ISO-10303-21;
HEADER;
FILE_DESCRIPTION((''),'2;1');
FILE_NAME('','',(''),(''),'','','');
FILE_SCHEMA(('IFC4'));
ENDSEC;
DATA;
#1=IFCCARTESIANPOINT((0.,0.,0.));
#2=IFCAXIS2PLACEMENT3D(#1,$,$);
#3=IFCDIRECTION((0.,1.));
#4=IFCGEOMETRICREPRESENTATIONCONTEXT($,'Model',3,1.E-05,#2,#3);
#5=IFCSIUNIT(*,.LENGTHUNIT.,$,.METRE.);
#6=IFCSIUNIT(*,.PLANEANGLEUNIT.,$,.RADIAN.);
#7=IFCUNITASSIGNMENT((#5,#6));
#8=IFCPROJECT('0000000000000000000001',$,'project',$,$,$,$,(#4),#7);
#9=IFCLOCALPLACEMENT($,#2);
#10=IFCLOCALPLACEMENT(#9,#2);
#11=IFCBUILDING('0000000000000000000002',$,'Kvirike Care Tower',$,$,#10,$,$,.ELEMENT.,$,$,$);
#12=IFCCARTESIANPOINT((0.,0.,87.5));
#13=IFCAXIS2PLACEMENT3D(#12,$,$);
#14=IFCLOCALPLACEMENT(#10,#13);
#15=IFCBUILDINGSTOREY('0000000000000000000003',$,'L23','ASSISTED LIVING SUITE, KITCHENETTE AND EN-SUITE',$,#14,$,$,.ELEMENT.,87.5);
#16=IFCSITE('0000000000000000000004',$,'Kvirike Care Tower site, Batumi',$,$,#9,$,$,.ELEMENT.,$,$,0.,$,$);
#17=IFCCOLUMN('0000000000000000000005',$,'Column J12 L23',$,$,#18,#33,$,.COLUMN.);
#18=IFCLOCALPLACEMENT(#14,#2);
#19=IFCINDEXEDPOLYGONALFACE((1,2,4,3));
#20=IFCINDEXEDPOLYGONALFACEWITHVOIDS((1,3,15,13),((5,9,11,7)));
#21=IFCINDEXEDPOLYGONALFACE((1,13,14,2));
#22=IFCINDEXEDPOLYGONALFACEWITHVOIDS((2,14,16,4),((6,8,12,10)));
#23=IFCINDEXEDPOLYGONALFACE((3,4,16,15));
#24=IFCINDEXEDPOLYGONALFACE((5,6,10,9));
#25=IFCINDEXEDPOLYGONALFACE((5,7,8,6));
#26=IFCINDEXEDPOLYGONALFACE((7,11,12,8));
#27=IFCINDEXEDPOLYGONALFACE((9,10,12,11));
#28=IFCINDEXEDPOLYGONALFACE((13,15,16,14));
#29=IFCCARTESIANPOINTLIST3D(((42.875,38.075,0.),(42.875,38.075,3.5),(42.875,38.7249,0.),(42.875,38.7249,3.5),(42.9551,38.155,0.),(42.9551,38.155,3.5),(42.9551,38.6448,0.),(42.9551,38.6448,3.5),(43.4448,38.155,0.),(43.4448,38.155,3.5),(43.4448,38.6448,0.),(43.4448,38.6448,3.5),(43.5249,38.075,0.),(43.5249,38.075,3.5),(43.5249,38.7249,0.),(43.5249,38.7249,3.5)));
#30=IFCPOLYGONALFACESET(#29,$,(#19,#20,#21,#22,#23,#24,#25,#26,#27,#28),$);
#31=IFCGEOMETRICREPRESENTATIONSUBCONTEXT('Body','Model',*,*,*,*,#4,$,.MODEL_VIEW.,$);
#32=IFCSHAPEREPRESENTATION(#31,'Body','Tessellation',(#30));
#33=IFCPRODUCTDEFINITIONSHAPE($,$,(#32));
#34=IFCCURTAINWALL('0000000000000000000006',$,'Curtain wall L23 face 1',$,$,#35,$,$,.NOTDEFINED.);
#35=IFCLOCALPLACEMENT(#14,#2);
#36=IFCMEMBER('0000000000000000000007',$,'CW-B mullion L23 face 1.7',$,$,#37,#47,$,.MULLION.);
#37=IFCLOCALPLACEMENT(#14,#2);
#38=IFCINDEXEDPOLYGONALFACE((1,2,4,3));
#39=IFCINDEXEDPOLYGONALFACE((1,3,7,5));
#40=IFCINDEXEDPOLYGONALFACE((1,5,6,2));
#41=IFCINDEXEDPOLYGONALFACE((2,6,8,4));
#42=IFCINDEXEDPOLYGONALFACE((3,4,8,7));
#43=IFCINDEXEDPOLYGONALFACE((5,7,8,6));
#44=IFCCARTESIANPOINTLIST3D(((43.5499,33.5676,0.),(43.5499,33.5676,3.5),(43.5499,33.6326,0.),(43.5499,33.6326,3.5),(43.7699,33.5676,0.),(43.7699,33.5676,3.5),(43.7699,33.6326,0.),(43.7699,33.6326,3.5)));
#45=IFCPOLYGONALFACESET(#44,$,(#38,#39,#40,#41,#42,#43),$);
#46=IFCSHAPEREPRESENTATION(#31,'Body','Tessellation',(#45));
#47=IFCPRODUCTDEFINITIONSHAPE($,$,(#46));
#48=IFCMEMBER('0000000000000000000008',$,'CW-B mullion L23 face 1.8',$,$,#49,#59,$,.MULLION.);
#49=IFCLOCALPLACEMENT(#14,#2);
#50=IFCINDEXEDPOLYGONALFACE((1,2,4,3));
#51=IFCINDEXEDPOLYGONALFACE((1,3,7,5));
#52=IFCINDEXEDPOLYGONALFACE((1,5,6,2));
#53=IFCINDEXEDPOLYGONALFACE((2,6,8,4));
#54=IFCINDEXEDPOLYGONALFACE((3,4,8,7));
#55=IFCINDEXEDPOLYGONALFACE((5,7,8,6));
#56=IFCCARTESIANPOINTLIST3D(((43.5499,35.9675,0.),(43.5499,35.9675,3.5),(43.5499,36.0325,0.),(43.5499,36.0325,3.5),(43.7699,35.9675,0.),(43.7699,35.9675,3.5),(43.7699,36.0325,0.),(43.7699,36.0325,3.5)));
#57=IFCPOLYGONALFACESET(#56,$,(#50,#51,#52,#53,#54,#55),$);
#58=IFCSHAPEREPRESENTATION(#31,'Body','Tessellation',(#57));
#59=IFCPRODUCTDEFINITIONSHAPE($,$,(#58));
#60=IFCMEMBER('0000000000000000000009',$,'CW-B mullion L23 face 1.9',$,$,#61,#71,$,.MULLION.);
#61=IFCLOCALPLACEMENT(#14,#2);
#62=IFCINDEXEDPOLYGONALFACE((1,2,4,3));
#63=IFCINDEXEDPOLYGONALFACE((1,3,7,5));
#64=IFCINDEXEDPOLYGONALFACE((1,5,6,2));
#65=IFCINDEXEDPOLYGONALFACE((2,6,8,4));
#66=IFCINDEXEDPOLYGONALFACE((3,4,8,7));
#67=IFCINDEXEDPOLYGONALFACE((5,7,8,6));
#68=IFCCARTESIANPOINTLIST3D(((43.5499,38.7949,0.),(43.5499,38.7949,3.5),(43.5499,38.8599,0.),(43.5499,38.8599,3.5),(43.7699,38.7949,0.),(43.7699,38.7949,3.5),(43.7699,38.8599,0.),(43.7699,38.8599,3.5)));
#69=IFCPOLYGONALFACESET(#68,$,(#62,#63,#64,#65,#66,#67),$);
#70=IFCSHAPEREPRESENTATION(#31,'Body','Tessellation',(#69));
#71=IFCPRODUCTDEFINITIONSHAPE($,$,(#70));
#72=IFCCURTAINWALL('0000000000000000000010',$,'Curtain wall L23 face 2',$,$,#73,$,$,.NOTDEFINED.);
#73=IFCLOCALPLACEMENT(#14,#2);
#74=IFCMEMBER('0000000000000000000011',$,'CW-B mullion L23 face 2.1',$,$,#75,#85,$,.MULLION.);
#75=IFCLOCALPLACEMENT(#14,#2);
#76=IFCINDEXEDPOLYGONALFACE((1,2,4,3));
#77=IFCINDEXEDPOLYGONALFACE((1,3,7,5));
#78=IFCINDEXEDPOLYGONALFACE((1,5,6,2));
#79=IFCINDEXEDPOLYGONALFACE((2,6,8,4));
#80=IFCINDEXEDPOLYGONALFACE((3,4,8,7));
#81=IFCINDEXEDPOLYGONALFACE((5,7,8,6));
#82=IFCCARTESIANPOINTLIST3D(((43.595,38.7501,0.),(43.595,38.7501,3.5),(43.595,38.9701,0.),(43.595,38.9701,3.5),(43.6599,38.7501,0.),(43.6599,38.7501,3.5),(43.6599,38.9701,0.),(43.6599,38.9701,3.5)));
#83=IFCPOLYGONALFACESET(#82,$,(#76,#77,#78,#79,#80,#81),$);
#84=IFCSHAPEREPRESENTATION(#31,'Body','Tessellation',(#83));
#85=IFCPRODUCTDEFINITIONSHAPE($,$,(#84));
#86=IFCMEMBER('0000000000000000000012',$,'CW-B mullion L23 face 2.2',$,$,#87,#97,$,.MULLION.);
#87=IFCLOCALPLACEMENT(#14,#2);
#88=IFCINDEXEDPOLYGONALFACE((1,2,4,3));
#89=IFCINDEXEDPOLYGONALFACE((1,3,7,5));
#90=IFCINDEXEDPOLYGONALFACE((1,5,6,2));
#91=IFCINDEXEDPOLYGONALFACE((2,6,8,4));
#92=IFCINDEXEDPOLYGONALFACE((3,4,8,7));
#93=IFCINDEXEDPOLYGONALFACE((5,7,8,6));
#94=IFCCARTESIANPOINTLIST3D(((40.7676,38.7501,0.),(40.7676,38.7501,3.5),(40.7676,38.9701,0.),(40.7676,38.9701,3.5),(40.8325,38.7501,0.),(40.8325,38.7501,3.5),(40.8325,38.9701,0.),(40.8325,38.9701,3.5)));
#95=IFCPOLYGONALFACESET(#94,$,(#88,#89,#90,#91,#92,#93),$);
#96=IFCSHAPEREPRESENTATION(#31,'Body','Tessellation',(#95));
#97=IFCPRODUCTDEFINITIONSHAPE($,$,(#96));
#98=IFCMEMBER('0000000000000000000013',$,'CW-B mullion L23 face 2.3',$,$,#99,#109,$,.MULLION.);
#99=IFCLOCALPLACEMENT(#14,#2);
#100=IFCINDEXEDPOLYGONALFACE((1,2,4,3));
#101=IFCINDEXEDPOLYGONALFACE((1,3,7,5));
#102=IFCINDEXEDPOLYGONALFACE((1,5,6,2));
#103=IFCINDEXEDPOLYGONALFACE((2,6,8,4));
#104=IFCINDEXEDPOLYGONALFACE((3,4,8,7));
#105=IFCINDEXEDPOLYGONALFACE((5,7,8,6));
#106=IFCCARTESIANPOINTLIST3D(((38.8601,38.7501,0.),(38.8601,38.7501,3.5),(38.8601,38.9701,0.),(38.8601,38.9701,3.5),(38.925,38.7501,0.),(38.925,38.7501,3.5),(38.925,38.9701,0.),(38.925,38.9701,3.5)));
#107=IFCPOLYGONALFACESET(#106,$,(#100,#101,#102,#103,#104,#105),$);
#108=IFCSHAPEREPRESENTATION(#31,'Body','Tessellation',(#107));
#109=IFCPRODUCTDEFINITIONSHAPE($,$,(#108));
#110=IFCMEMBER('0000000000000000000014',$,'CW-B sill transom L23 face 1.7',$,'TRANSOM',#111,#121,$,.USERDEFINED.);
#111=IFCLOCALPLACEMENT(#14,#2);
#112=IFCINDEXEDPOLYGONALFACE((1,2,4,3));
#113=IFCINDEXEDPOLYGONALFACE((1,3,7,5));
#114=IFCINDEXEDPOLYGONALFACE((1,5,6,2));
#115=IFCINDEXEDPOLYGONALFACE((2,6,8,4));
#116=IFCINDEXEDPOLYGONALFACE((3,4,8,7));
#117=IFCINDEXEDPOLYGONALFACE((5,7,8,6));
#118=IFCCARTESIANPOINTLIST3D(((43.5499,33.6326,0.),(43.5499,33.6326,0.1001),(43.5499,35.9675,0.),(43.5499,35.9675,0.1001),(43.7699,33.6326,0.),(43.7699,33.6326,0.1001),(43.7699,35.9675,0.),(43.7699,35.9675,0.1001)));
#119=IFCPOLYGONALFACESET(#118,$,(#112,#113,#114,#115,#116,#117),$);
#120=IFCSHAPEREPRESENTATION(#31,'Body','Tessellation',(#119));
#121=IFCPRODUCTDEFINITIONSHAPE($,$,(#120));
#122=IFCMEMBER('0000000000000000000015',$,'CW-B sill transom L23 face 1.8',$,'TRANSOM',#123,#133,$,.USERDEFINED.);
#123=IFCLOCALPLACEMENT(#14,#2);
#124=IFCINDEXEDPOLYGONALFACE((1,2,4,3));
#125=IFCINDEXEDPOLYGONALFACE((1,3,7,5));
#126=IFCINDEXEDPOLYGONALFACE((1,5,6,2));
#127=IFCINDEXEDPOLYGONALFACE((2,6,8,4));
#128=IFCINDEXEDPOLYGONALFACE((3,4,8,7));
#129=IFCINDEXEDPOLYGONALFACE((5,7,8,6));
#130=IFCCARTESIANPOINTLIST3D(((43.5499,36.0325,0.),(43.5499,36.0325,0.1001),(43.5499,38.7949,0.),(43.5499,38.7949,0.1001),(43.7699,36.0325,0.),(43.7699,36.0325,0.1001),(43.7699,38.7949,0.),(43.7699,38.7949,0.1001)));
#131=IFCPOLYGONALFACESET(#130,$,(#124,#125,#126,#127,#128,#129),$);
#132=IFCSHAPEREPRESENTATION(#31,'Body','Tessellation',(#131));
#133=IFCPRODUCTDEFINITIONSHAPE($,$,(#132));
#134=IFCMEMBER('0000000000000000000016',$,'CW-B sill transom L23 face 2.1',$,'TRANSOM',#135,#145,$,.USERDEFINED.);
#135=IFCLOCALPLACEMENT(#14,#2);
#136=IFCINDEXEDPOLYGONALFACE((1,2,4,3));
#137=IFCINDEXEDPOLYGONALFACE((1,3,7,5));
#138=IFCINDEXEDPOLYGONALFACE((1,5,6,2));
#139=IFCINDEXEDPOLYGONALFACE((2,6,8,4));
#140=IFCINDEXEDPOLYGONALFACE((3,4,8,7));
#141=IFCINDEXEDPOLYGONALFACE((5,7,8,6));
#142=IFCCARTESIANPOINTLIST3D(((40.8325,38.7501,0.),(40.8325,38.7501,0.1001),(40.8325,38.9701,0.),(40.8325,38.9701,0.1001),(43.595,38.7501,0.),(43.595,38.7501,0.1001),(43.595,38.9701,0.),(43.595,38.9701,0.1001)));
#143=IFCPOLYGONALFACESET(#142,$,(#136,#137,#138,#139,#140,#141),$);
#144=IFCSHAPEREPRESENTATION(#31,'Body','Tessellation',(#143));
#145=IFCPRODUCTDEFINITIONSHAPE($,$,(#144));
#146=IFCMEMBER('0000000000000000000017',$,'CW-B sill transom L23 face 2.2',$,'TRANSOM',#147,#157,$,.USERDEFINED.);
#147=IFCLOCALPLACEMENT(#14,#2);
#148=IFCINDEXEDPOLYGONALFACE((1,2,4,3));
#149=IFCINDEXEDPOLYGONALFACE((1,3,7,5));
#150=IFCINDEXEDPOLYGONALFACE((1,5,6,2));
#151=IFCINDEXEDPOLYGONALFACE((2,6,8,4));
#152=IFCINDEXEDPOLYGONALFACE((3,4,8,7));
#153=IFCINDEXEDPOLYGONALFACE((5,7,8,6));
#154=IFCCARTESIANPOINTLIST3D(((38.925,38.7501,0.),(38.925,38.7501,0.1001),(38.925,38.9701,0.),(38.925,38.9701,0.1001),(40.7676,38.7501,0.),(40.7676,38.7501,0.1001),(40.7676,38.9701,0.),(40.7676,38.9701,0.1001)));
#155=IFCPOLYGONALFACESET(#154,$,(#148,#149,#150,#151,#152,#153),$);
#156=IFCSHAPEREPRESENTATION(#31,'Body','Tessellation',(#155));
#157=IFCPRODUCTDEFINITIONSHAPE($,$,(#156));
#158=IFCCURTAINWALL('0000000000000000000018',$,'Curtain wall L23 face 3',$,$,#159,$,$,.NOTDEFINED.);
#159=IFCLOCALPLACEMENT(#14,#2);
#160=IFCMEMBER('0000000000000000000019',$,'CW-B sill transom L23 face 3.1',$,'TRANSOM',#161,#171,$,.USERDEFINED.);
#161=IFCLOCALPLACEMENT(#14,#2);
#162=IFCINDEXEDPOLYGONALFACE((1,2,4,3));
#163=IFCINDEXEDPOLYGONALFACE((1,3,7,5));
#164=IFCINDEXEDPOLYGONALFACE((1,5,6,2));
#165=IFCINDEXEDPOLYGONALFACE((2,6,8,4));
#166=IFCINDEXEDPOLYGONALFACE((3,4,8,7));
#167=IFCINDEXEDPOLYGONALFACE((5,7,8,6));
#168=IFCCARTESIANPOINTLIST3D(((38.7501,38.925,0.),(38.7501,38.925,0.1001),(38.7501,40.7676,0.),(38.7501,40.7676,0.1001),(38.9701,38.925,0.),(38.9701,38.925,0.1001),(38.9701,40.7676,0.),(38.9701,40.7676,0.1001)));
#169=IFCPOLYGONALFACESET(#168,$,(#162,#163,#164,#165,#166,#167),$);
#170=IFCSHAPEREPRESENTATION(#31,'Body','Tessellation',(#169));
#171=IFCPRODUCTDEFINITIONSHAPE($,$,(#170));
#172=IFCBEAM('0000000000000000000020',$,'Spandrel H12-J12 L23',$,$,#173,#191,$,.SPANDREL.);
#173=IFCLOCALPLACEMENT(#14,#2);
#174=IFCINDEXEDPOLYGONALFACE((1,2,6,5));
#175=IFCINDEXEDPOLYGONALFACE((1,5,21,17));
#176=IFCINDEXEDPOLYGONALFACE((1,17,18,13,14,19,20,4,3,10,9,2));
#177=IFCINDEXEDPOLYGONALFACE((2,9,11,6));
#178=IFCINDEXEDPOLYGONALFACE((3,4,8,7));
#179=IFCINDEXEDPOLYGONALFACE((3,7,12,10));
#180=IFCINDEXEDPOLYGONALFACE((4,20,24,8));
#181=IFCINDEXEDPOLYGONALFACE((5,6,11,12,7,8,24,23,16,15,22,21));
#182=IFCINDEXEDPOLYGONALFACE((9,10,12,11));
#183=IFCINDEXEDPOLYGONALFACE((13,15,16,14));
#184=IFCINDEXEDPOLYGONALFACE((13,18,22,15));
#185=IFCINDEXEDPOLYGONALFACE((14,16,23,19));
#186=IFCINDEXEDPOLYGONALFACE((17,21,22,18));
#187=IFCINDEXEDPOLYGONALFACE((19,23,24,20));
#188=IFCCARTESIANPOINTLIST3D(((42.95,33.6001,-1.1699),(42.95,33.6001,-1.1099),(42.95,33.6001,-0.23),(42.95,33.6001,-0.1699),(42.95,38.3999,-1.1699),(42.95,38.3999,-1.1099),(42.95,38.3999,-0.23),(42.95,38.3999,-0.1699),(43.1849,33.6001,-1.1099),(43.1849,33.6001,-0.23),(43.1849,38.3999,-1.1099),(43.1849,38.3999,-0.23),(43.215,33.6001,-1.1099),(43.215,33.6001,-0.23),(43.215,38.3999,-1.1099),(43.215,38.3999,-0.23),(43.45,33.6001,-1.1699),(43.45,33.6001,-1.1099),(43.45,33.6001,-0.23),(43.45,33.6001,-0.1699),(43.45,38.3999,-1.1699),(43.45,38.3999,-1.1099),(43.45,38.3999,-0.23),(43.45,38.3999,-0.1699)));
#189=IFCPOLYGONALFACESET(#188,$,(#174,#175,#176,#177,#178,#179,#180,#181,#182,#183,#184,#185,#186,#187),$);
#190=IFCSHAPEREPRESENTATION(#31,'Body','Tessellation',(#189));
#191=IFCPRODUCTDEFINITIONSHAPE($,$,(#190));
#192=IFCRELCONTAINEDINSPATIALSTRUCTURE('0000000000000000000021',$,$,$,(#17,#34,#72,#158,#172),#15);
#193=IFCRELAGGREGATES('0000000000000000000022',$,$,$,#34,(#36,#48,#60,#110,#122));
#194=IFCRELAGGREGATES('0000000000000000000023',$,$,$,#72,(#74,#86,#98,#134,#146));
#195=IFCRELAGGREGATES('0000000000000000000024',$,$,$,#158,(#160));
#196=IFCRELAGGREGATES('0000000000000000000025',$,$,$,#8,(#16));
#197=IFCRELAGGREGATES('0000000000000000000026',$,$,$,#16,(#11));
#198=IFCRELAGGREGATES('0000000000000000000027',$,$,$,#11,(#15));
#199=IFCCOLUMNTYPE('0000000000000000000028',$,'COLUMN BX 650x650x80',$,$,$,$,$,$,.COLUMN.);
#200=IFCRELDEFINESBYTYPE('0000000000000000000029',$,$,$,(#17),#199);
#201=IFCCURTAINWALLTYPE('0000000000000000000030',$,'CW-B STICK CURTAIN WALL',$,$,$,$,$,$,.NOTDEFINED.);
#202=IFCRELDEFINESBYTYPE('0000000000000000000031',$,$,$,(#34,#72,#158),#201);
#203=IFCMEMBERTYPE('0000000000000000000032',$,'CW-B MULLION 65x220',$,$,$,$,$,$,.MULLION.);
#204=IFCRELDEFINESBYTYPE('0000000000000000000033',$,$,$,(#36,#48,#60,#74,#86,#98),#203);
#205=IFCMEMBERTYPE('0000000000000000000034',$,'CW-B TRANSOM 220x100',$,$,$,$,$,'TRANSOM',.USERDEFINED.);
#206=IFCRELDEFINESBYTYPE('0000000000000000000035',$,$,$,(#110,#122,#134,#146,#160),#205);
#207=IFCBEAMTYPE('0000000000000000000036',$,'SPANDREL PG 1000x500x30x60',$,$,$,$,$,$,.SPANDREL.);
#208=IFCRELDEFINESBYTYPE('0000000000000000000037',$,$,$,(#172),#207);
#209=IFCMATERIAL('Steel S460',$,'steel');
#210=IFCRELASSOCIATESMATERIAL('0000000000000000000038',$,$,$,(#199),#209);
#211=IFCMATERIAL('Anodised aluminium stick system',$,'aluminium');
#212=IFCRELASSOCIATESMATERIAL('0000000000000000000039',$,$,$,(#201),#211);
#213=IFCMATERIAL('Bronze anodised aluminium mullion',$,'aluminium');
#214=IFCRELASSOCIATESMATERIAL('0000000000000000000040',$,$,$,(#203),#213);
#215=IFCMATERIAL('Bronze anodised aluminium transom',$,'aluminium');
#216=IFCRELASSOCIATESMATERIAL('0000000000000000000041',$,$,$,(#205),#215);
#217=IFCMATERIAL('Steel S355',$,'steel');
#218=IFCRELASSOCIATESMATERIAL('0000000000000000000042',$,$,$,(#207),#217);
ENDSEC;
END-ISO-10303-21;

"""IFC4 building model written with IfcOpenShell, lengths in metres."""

from ifc_helpers import new_model, si_unit, direction, frame, origin, origin_2d, place, context, subcontext, project, spatial, rectangle, hollow_rectangle, i_section, extrude, material, material_profile, profile_set, type_object, element, aggregate, save


model = new_model("IFC4")

# Units and contexts
model_context = context("Model", 3, precision=1e-05, world=origin(), true_north=direction((0.0, 1.0)))
body_context = subcontext(model_context, "Body", "Model", "MODEL_VIEW")
ifc_project = project(units=[si_unit("LENGTHUNIT", "METRE"), si_unit("PLANEANGLEUNIT", "RADIAN")], contexts=[model_context])

# Site, building, storey
site_placement = place(None, origin())
site = spatial("IfcSite", under=ifc_project, at=site_placement, Name="Kvirike Care Tower site, Batumi", CompositionType="ELEMENT", RefElevation=0.0)
building_placement = place(site_placement, origin())
building = spatial("IfcBuilding", under=site, at=building_placement, Name="Kvirike Care Tower", CompositionType="ELEMENT")
storey_placement = place(building_placement, frame((0.0, 0.0, 87.5)))
storey = spatial("IfcBuildingStorey", under=building, at=storey_placement, Name="L23", Description="ASSISTED LIVING SUITE, KITCHENETTE AND EN-SUITE", CompositionType="ELEMENT", Elevation=87.5)

# Column
ifc_material_1 = material(Name="Steel S460", Category="steel")
ifc_material_profile_1 = material_profile(ifc_material_1, hollow_rectangle(XDim=0.6499, YDim=0.6499, WallThickness=0.0801, at=origin_2d()), Name="BX 650x650x80")
ifc_profile_set_1 = profile_set([ifc_material_profile_1], Name="Steel S460")
column_type = type_object("IfcColumnType", Name="COLUMN BX 650x650x80", PredefinedType="COLUMN", material=ifc_profile_set_1)
column_placement = place(storey_placement, frame((43.2, 38.3999, 0.0), z_axis=(0.0, 0.0, 1.0), x_axis=(0.0, 1.0, 0.0)))
element("IfcColumn", 1, at=column_placement, inside=storey, type_object=column_type, Name="Column J12 L23", PredefinedType="COLUMN", context=body_context, shape_type="SweptSolid", body=[
    extrude(hollow_rectangle(XDim=0.6499, YDim=0.6499, WallThickness=0.0801, at=origin_2d()), origin(), (0.0, 0.0, 1.0), 3.5),
])

# Curtain walls, members
ifc_material_2 = material(Name="Anodised aluminium stick system", Category="aluminium")
curtain_wall_type = type_object("IfcCurtainWallType", Name="CW-B STICK CURTAIN WALL", PredefinedType="NOTDEFINED", material=ifc_material_2)
curtain_wall_1_placement = place(storey_placement, origin())
curtain_wall_1 = element("IfcCurtainWall", 2, at=curtain_wall_1_placement, inside=storey, type_object=curtain_wall_type, Name="Curtain wall L23 face 1", PredefinedType="NOTDEFINED")
ifc_material_3 = material(Name="Bronze anodised aluminium mullion", Category="aluminium")
ifc_material_profile_2 = material_profile(ifc_material_3, rectangle(XDim=0.0649, YDim=0.22, at=origin_2d()), Name="CW-B MULLION 65x220")
ifc_profile_set_2 = profile_set([ifc_material_profile_2], Name="Bronze anodised aluminium mullion")
member_type_1 = type_object("IfcMemberType", Name="CW-B MULLION 65x220", PredefinedType="MULLION", material=ifc_profile_set_2)
member_1_placement = place(storey_placement, frame((43.6599, 33.6001, 0.0), z_axis=(0.0, 0.0, 1.0), x_axis=(0.0, 1.0, 0.0)))
member_1 = element("IfcMember", 3, at=member_1_placement, type_object=member_type_1, Name="CW-B mullion L23 face 1.7", PredefinedType="MULLION", context=body_context, shape_type="SweptSolid", body=[
    extrude(rectangle(XDim=0.0649, YDim=0.22, at=origin_2d()), origin(), (0.0, 0.0, 1.0), 3.5),
])
member_2_placement = place(storey_placement, frame((43.6599, 36.0, 0.0), z_axis=(0.0, 0.0, 1.0), x_axis=(0.0, 1.0, 0.0)))
member_2 = element("IfcMember", 4, at=member_2_placement, type_object=member_type_1, Name="CW-B mullion L23 face 1.8", PredefinedType="MULLION", context=body_context, shape_type="SweptSolid", body=[
    extrude(rectangle(XDim=0.0649, YDim=0.22, at=origin_2d()), origin(), (0.0, 0.0, 1.0), 3.5),
])
member_3_placement = place(storey_placement, frame((43.6599, 38.8274, 0.0), z_axis=(0.0, 0.0, 1.0), x_axis=(0.0, 1.0, 0.0)))
member_3 = element("IfcMember", 5, at=member_3_placement, type_object=member_type_1, Name="CW-B mullion L23 face 1.9", PredefinedType="MULLION", context=body_context, shape_type="SweptSolid", body=[
    extrude(rectangle(XDim=0.0649, YDim=0.22, at=origin_2d()), origin(), (0.0, 0.0, 1.0), 3.5),
])
curtain_wall_2_placement = place(storey_placement, origin())
curtain_wall_2 = element("IfcCurtainWall", 6, at=curtain_wall_2_placement, inside=storey, type_object=curtain_wall_type, Name="Curtain wall L23 face 2", PredefinedType="NOTDEFINED")
member_4_placement = place(storey_placement, frame((43.6274, 38.8601, 0.0), z_axis=(0.0, 0.0, 1.0), x_axis=(-1.0, 0.0, 0.0)))
member_4 = element("IfcMember", 7, at=member_4_placement, type_object=member_type_1, Name="CW-B mullion L23 face 2.1", PredefinedType="MULLION", context=body_context, shape_type="SweptSolid", body=[
    extrude(rectangle(XDim=0.0649, YDim=0.22, at=origin_2d()), origin(), (0.0, 0.0, 1.0), 3.5),
])
member_5_placement = place(storey_placement, frame((40.8, 38.8601, 0.0), z_axis=(0.0, 0.0, 1.0), x_axis=(-1.0, 0.0, 0.0)))
member_5 = element("IfcMember", 8, at=member_5_placement, type_object=member_type_1, Name="CW-B mullion L23 face 2.2", PredefinedType="MULLION", context=body_context, shape_type="SweptSolid", body=[
    extrude(rectangle(XDim=0.0649, YDim=0.22, at=origin_2d()), origin(), (0.0, 0.0, 1.0), 3.5),
])
member_6_placement = place(storey_placement, frame((38.8926, 38.8601, 0.0), z_axis=(0.0, 0.0, 1.0), x_axis=(-1.0, 0.0, 0.0)))
member_6 = element("IfcMember", 9, at=member_6_placement, type_object=member_type_1, Name="CW-B mullion L23 face 2.3", PredefinedType="MULLION", context=body_context, shape_type="SweptSolid", body=[
    extrude(rectangle(XDim=0.0649, YDim=0.22, at=origin_2d()), origin(), (0.0, 0.0, 1.0), 3.5),
])

# Members
ifc_material_4 = material(Name="Bronze anodised aluminium transom", Category="aluminium")
ifc_material_profile_3 = material_profile(ifc_material_4, rectangle(XDim=0.22, YDim=0.1001, at=origin_2d()), Name="CW-B TRANSOM 220x100")
ifc_profile_set_3 = profile_set([ifc_material_profile_3], Name="Bronze anodised aluminium transom")
member_type_2 = type_object("IfcMemberType", Name="CW-B TRANSOM 220x100", ElementType="TRANSOM", PredefinedType="USERDEFINED", material=ifc_profile_set_3)
member_7_placement = place(storey_placement, frame((43.6599, 33.6326, 0.05), z_axis=(0.0, 1.0, 0.0), x_axis=(-1.0, 0.0, 0.0)))
member_7 = element("IfcMember", 10, at=member_7_placement, type_object=member_type_2, Name="CW-B sill transom L23 face 1.7", ObjectType="TRANSOM", PredefinedType="USERDEFINED", context=body_context, shape_type="SweptSolid", body=[
    extrude(rectangle(XDim=0.22, YDim=0.1001, at=origin_2d()), origin(), (0.0, 0.0, 1.0), 2.335),
])
member_8_placement = place(storey_placement, frame((43.6599, 36.0325, 0.05), z_axis=(0.0, 1.0, 0.0), x_axis=(-1.0, 0.0, 0.0)))
member_8 = element("IfcMember", 11, at=member_8_placement, type_object=member_type_2, Name="CW-B sill transom L23 face 1.8", ObjectType="TRANSOM", PredefinedType="USERDEFINED", context=body_context, shape_type="SweptSolid", body=[
    extrude(rectangle(XDim=0.22, YDim=0.1001, at=origin_2d()), origin(), (0.0, 0.0, 1.0), 2.7625),
])
member_9_placement = place(storey_placement, frame((43.595, 38.8601, 0.05), z_axis=(-1.0, 0.0, 0.0), x_axis=(0.0, -1.0, 0.0)))
member_9 = element("IfcMember", 12, at=member_9_placement, type_object=member_type_2, Name="CW-B sill transom L23 face 2.1", ObjectType="TRANSOM", PredefinedType="USERDEFINED", context=body_context, shape_type="SweptSolid", body=[
    extrude(rectangle(XDim=0.22, YDim=0.1001, at=origin_2d()), origin(), (0.0, 0.0, 1.0), 2.7625),
])
member_10_placement = place(storey_placement, frame((40.7676, 38.8601, 0.05), z_axis=(-1.0, 0.0, 0.0), x_axis=(0.0, -1.0, 0.0)))
member_10 = element("IfcMember", 13, at=member_10_placement, type_object=member_type_2, Name="CW-B sill transom L23 face 2.2", ObjectType="TRANSOM", PredefinedType="USERDEFINED", context=body_context, shape_type="SweptSolid", body=[
    extrude(rectangle(XDim=0.22, YDim=0.1001, at=origin_2d()), origin(), (0.0, 0.0, 1.0), 1.8425),
])

# Curtain wall, member
curtain_wall_3_placement = place(storey_placement, origin())
curtain_wall_3 = element("IfcCurtainWall", 14, at=curtain_wall_3_placement, inside=storey, type_object=curtain_wall_type, Name="Curtain wall L23 face 3", PredefinedType="NOTDEFINED")
member_11_placement = place(storey_placement, frame((38.8601, 38.925, 0.05), z_axis=(0.0, 1.0, 0.0), x_axis=(-1.0, 0.0, 0.0)))
member_11 = element("IfcMember", 15, at=member_11_placement, type_object=member_type_2, Name="CW-B sill transom L23 face 3.1", ObjectType="TRANSOM", PredefinedType="USERDEFINED", context=body_context, shape_type="SweptSolid", body=[
    extrude(rectangle(XDim=0.22, YDim=0.1001, at=origin_2d()), origin(), (0.0, 0.0, 1.0), 1.8425),
])

# Beam
ifc_material_5 = material(Name="Steel S355", Category="steel")
ifc_material_profile_4 = material_profile(ifc_material_5, i_section(OverallWidth=0.5, OverallDepth=1.0, WebThickness=0.03, FlangeThickness=0.0601, at=origin_2d()), Name="PG 1000x500x30x60")
ifc_profile_set_4 = profile_set([ifc_material_profile_4], Name="Steel S355")
beam_type = type_object("IfcBeamType", Name="SPANDREL PG 1000x500x30x60", PredefinedType="SPANDREL", material=ifc_profile_set_4)
beam_placement = place(storey_placement, frame((43.2, 33.6001, -0.6699), z_axis=(0.0, 1.0, 0.0), x_axis=(-1.0, 0.0, 0.0)))
element("IfcBeam", 16, at=beam_placement, inside=storey, type_object=beam_type, Name="Spandrel H12-J12 L23", PredefinedType="SPANDREL", context=body_context, shape_type="SweptSolid", body=[
    extrude(i_section(OverallWidth=0.5, OverallDepth=1.0, WebThickness=0.03, FlangeThickness=0.0601, at=origin_2d()), origin(), (0.0, 0.0, 1.0), 4.7998),
])

aggregate(curtain_wall_1, [member_1, member_2, member_3, member_7, member_8])
aggregate(curtain_wall_2, [member_4, member_5, member_6, member_9, member_10])
aggregate(curtain_wall_3, [member_11])

save(model, "model.ifc")
